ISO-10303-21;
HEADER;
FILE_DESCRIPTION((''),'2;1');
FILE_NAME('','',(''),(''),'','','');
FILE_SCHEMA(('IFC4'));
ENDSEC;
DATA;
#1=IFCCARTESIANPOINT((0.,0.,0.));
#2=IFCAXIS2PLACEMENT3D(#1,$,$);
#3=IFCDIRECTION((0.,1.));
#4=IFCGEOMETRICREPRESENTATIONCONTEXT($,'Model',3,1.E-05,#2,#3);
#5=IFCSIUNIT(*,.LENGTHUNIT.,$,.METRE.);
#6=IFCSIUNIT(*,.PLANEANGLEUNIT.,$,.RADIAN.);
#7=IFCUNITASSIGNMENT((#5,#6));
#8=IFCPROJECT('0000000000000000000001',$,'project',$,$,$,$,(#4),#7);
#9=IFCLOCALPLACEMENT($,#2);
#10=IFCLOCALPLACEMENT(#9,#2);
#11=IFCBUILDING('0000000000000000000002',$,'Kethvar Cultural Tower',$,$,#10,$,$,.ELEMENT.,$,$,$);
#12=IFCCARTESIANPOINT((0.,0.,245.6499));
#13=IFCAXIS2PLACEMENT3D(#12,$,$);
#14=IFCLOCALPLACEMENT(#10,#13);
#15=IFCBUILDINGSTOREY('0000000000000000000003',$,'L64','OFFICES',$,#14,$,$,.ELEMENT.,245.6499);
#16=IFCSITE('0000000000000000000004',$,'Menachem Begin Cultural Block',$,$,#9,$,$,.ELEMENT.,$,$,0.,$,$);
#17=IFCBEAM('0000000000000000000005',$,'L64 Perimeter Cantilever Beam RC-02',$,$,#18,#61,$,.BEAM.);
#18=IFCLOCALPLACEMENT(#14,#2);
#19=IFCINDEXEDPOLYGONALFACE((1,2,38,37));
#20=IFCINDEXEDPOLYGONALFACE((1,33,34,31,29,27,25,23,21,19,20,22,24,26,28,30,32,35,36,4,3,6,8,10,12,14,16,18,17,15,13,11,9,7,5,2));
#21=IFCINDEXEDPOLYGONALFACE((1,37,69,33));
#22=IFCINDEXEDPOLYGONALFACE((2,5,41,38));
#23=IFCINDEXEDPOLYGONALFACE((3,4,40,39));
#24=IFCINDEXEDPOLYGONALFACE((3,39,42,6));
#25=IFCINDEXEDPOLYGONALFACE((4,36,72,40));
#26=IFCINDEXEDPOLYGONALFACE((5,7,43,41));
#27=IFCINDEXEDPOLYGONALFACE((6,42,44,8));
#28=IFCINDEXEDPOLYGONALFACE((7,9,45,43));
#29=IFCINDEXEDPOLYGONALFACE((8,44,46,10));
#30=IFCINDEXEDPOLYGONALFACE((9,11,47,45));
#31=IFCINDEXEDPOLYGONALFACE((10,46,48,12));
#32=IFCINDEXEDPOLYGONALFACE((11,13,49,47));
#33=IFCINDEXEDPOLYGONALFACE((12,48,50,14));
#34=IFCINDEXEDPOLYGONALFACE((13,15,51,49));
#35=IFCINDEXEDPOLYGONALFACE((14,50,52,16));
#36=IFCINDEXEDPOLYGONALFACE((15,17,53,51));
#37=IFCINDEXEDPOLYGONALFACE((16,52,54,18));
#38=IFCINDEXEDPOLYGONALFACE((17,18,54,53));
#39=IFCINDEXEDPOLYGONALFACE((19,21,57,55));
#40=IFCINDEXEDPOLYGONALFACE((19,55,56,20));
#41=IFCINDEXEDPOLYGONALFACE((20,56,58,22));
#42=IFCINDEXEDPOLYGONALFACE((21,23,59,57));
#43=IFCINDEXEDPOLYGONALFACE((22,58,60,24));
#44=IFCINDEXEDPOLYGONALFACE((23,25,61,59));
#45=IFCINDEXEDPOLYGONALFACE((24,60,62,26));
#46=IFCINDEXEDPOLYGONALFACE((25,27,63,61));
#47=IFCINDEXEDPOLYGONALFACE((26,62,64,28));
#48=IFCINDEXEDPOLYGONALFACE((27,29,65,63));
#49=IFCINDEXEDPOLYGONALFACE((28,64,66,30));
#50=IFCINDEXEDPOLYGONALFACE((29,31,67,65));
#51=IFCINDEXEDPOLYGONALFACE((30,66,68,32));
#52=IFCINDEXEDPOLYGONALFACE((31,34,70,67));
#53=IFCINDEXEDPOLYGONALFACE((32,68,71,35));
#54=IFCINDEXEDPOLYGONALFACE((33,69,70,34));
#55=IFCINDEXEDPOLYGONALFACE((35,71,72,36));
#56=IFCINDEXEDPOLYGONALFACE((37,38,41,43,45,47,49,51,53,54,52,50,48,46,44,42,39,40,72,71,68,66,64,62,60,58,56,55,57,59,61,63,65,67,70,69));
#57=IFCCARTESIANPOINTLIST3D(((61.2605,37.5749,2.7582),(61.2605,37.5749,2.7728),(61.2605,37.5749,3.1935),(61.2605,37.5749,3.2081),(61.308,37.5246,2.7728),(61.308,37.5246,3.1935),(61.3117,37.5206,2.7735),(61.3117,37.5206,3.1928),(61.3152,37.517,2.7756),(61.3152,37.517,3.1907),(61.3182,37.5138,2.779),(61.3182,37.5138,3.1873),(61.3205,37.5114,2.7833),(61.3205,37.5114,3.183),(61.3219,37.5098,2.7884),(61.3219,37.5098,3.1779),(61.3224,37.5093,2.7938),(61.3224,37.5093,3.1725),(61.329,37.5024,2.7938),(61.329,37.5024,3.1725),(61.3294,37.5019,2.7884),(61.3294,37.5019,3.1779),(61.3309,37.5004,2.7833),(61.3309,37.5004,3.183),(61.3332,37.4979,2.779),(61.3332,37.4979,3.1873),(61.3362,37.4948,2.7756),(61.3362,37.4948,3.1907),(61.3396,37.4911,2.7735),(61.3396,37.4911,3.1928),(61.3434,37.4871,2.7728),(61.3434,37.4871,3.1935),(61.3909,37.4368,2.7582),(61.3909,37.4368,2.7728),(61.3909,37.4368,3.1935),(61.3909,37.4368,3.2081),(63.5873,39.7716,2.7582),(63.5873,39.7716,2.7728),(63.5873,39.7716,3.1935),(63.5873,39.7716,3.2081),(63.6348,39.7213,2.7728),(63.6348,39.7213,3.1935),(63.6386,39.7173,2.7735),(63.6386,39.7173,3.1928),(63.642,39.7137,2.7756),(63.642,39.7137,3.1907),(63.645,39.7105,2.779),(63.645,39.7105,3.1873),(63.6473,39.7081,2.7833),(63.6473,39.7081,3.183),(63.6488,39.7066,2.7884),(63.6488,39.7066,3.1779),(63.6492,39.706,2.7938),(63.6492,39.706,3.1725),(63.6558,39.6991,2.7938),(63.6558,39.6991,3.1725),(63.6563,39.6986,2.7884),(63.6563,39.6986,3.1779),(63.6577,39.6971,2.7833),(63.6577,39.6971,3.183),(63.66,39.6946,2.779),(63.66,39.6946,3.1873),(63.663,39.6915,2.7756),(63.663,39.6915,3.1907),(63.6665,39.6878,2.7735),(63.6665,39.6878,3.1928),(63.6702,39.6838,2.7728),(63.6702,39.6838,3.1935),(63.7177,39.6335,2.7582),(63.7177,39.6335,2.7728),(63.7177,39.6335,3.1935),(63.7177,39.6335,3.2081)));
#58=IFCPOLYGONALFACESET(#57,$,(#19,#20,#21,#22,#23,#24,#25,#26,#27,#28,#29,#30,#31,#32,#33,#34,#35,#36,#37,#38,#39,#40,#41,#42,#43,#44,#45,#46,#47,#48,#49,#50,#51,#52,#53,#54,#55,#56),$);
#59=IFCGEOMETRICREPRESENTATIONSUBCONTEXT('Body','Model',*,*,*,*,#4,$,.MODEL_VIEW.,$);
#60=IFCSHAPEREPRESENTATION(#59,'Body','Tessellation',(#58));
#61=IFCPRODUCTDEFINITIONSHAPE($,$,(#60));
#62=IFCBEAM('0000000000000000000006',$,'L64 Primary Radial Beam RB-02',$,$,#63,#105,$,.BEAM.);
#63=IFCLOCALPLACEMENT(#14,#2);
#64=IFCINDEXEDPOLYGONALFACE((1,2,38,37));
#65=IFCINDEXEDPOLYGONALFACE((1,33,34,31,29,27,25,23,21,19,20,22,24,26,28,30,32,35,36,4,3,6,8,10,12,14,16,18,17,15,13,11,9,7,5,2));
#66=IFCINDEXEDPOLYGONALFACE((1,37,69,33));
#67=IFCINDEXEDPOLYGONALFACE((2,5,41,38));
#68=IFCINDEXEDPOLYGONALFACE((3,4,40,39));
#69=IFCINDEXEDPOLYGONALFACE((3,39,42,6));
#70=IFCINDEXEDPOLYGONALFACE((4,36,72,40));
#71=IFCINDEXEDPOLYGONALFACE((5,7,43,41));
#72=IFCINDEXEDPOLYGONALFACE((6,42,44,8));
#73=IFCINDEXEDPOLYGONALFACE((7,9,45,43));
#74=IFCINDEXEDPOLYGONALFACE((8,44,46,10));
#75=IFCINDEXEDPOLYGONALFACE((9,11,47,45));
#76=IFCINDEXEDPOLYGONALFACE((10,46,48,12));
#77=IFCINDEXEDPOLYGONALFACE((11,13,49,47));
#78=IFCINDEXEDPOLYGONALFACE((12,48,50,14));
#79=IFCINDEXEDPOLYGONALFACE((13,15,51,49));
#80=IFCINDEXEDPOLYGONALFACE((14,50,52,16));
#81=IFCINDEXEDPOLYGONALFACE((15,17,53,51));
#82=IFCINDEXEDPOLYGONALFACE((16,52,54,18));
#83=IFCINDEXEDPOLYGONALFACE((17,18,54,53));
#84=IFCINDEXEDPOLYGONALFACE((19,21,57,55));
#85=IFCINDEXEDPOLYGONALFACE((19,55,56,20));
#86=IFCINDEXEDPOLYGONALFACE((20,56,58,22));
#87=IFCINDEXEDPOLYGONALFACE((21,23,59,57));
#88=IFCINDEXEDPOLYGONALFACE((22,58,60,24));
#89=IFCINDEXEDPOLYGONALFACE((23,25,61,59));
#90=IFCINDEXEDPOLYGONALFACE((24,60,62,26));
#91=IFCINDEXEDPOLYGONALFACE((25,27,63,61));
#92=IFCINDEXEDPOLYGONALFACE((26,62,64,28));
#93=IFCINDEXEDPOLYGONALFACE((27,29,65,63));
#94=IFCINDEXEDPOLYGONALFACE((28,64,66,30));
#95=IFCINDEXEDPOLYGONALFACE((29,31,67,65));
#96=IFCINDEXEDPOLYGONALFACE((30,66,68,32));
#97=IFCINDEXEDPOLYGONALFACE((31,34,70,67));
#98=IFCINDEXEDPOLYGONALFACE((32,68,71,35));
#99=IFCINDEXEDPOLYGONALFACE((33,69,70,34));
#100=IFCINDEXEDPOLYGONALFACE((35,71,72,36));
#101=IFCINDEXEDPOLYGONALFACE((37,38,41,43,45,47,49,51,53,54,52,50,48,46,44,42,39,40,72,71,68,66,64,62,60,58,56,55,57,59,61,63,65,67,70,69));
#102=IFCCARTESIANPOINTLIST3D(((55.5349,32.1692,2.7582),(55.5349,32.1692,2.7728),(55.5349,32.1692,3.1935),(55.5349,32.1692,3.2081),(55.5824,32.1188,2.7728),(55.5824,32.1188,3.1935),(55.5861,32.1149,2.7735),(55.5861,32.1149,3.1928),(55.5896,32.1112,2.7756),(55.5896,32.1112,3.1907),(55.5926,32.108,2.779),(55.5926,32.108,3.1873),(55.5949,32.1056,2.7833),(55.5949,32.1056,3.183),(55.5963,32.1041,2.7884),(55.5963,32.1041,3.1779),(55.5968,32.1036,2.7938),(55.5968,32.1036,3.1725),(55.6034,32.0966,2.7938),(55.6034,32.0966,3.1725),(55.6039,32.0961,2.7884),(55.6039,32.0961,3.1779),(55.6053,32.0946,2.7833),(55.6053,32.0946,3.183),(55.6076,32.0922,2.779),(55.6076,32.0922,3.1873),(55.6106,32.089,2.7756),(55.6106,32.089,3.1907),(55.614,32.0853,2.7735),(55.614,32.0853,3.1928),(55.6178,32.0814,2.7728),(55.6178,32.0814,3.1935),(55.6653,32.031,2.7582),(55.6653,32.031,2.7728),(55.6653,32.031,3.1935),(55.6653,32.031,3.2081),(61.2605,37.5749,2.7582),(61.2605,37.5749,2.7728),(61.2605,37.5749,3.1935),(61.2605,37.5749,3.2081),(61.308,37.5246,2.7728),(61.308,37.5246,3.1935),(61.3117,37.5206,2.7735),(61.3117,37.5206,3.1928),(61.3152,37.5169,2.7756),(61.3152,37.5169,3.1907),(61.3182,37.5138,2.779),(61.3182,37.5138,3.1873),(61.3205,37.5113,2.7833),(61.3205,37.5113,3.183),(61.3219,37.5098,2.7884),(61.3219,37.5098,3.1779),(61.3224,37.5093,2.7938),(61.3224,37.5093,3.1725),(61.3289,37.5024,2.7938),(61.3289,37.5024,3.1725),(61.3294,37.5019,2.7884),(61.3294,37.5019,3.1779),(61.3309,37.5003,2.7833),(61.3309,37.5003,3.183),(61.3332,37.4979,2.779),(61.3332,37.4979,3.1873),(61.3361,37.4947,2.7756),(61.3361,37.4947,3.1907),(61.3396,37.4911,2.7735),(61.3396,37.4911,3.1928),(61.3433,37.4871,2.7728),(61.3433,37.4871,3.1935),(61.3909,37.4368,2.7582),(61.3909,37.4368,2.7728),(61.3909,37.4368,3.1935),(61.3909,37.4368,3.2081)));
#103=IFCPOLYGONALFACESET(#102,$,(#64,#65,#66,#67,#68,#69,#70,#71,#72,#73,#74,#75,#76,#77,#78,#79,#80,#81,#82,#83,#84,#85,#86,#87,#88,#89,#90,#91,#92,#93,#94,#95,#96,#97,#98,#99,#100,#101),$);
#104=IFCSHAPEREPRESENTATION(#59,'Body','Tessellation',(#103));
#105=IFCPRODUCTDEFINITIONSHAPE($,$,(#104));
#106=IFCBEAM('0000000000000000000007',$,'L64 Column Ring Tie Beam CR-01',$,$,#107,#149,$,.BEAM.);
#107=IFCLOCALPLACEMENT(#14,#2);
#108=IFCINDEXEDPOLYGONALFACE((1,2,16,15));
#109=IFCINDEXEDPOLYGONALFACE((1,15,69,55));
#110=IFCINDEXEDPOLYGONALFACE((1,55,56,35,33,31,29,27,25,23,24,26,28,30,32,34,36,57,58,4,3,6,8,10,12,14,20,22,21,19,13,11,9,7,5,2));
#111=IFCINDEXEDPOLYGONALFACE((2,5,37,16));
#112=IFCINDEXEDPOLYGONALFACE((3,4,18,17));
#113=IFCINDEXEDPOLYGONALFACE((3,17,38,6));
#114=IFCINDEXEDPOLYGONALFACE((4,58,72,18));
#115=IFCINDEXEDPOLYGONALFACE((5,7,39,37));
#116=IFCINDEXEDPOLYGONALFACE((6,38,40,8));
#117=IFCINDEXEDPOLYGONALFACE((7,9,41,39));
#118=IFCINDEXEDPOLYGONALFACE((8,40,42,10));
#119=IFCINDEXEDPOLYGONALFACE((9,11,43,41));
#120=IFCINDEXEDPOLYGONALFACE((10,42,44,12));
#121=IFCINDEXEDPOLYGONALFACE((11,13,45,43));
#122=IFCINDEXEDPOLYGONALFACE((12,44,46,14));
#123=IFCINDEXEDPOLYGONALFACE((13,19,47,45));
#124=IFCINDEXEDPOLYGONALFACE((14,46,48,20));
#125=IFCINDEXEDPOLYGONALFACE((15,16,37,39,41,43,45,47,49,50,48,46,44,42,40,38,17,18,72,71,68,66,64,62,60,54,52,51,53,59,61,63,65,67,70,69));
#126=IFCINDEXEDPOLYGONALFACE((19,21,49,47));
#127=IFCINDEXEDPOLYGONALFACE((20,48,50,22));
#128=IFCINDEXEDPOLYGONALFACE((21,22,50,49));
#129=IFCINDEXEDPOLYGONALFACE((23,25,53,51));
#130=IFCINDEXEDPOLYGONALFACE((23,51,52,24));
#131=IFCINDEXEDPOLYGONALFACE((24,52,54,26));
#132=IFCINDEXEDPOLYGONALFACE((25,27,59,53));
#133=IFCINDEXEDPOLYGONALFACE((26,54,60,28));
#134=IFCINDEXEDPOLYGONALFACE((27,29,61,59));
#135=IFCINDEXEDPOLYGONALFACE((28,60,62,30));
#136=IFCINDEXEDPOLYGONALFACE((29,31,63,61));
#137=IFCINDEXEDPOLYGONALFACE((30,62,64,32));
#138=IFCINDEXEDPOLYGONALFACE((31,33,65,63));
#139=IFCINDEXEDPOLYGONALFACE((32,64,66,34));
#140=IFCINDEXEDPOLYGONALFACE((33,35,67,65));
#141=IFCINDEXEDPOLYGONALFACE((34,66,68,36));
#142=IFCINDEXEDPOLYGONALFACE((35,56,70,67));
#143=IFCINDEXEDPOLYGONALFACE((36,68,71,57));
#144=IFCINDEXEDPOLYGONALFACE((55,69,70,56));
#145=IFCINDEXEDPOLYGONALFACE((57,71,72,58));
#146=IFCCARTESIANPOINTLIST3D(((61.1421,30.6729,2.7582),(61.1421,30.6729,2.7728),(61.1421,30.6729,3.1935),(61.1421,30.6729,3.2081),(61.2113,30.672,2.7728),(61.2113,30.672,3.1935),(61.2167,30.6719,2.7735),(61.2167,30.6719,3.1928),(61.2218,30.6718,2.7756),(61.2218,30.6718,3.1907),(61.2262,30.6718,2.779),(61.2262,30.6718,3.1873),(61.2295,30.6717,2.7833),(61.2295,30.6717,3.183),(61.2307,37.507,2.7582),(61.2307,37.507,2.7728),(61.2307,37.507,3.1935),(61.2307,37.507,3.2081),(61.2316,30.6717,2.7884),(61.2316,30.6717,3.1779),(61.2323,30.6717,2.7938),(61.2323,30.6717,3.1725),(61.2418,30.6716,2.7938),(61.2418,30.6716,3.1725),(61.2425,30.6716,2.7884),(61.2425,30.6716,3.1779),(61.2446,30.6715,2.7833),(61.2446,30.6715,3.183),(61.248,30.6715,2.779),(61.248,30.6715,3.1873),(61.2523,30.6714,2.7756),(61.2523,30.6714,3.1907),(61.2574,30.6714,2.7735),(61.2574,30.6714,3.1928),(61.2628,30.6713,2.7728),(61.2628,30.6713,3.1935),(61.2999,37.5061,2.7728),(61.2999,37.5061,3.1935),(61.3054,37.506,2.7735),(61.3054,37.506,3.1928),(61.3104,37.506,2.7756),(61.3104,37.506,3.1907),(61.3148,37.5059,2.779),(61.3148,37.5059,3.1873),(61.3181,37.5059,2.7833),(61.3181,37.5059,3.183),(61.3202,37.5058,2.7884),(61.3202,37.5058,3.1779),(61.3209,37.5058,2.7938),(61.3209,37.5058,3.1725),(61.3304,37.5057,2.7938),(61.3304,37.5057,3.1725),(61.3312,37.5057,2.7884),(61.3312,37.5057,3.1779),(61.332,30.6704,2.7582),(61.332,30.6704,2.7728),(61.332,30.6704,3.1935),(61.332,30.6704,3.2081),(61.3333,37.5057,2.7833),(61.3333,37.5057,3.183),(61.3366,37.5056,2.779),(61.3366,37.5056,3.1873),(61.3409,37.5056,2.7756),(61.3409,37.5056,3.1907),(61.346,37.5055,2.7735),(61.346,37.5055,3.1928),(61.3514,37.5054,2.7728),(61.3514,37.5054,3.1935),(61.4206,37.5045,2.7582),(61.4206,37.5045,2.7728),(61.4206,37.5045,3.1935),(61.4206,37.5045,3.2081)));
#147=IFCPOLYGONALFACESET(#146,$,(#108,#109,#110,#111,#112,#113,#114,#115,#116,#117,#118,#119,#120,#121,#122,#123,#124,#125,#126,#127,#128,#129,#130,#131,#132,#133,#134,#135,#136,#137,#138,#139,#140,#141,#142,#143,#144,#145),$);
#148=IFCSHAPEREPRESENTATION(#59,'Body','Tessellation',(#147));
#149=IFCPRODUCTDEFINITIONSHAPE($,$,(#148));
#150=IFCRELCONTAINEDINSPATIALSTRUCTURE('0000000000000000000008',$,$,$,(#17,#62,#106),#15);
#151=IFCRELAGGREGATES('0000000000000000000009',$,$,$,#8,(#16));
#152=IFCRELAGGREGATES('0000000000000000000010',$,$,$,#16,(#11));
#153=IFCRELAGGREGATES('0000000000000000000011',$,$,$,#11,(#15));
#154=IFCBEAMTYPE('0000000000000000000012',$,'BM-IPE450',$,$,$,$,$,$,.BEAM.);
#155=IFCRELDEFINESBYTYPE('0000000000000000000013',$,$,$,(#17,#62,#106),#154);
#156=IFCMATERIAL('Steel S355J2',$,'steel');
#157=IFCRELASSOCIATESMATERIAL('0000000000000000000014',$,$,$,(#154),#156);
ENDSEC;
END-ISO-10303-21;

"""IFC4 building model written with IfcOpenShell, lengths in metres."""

from ifc_helpers import new_model, si_unit, direction, frame, origin, origin_2d, place, context, subcontext, project, spatial, i_section, extrude, source, transform, mapped, material, material_profile, profile_set, type_object, element, save


model = new_model("IFC4")

# Units and contexts
model_context = context("Model", 3, precision=1e-05, world=origin(), true_north=direction((0.0, 1.0)))
body_context = subcontext(model_context, "Body", "Model", "MODEL_VIEW")
ifc_project = project(units=[si_unit("LENGTHUNIT", "METRE"), si_unit("PLANEANGLEUNIT", "RADIAN")], contexts=[model_context])

# Site, building, storey
site_placement = place(None, origin())
site = spatial("IfcSite", under=ifc_project, at=site_placement, Name="Menachem Begin Cultural Block", CompositionType="ELEMENT", RefElevation=0.0)
building_placement = place(site_placement, origin())
building = spatial("IfcBuilding", under=site, at=building_placement, Name="Kethvar Cultural Tower", CompositionType="ELEMENT")
storey_placement = place(building_placement, frame((0.0, 0.0, 245.6499)))
storey = spatial("IfcBuildingStorey", under=building, at=storey_placement, Name="L64", Description="OFFICES", CompositionType="ELEMENT", Elevation=245.6499)

# Beams
ifc_material_1 = material(Name="Steel S355J2", Category="steel")
ifc_material_profile_1 = material_profile(ifc_material_1, i_section(OverallWidth=0.1899, OverallDepth=0.45, WebThickness=0.0095, FlangeThickness=0.0146, FilletRadius=0.021, at=origin_2d()), Name="Steel S355J2 — IPE450")
ifc_profile_set_1 = profile_set([ifc_material_profile_1], Name="Steel S355J2 — IPE450")
beam_type_1 = type_object("IfcBeamType", Name="BM-IPE450", PredefinedType="BEAM", material=ifc_profile_set_1)
shared_shape_1 = source(origin(), body_context, "Body", "SweptSolid", [
    extrude(i_section(OverallWidth=0.1899, OverallDepth=0.45, WebThickness=0.0095, FlangeThickness=0.0146, FilletRadius=0.021, at=origin_2d()), origin(), (0.0, 0.0, 1.0), 3.2),
])
for number, where, z_axis, x_axis, name in (
    (1, (61.3257, 37.5059, 2.9832), (0.727146, 0.686482, 0.0), (-0.686482, 0.727146, 0.0), "L64 Perimeter Cantilever Beam RC-02"),
):
    element("IfcBeam", number, at=place(storey_placement, frame(where, z_axis=z_axis, x_axis=x_axis)), inside=storey, type_object=beam_type_1, Name=name, PredefinedType="BEAM", context=body_context, shape_type="MappedRepresentation", body=[
        mapped(shared_shape_1, transform((0.0, 0.0, 0.0), scale=1.0)),
    ])
shared_shape_2 = source(origin(), body_context, "Body", "SweptSolid", [
    extrude(i_section(OverallWidth=0.1899, OverallDepth=0.45, WebThickness=0.0095, FlangeThickness=0.0146, FilletRadius=0.021, at=origin_2d()), origin(), (0.0, 0.0, 1.0), 7.8743),
])
beam_1_placement = place(storey_placement, frame((55.6001, 32.1001, 2.9832), z_axis=(0.727123, 0.686507, 0.0), x_axis=(-0.686507, 0.727123, 0.0)))
element("IfcBeam", 2, at=beam_1_placement, inside=storey, type_object=beam_type_1, Name="L64 Primary Radial Beam RB-02", PredefinedType="BEAM", context=body_context, shape_type="MappedRepresentation", body=[
    mapped(shared_shape_2, transform((0.0, 0.0, 0.0), scale=1.0)),
])
shared_shape_3 = source(origin(), body_context, "Body", "SweptSolid", [
    extrude(i_section(OverallWidth=0.1899, OverallDepth=0.45, WebThickness=0.0095, FlangeThickness=0.0146, FilletRadius=0.021, at=origin_2d()), origin(), (0.0, 0.0, 1.0), 6.8347),
])
beam_2_placement = place(storey_placement, frame((61.2371, 30.6716, 2.9832), z_axis=(0.012966, 0.999916, 0.0), x_axis=(-0.999916, 0.012966, 0.0)))
element("IfcBeam", 3, at=beam_2_placement, inside=storey, type_object=beam_type_1, Name="L64 Column Ring Tie Beam CR-01", PredefinedType="BEAM", context=body_context, shape_type="MappedRepresentation", body=[
    mapped(shared_shape_3, transform((0.0, 0.0, 0.0), scale=1.0)),
])

save(model, "model.ifc")
